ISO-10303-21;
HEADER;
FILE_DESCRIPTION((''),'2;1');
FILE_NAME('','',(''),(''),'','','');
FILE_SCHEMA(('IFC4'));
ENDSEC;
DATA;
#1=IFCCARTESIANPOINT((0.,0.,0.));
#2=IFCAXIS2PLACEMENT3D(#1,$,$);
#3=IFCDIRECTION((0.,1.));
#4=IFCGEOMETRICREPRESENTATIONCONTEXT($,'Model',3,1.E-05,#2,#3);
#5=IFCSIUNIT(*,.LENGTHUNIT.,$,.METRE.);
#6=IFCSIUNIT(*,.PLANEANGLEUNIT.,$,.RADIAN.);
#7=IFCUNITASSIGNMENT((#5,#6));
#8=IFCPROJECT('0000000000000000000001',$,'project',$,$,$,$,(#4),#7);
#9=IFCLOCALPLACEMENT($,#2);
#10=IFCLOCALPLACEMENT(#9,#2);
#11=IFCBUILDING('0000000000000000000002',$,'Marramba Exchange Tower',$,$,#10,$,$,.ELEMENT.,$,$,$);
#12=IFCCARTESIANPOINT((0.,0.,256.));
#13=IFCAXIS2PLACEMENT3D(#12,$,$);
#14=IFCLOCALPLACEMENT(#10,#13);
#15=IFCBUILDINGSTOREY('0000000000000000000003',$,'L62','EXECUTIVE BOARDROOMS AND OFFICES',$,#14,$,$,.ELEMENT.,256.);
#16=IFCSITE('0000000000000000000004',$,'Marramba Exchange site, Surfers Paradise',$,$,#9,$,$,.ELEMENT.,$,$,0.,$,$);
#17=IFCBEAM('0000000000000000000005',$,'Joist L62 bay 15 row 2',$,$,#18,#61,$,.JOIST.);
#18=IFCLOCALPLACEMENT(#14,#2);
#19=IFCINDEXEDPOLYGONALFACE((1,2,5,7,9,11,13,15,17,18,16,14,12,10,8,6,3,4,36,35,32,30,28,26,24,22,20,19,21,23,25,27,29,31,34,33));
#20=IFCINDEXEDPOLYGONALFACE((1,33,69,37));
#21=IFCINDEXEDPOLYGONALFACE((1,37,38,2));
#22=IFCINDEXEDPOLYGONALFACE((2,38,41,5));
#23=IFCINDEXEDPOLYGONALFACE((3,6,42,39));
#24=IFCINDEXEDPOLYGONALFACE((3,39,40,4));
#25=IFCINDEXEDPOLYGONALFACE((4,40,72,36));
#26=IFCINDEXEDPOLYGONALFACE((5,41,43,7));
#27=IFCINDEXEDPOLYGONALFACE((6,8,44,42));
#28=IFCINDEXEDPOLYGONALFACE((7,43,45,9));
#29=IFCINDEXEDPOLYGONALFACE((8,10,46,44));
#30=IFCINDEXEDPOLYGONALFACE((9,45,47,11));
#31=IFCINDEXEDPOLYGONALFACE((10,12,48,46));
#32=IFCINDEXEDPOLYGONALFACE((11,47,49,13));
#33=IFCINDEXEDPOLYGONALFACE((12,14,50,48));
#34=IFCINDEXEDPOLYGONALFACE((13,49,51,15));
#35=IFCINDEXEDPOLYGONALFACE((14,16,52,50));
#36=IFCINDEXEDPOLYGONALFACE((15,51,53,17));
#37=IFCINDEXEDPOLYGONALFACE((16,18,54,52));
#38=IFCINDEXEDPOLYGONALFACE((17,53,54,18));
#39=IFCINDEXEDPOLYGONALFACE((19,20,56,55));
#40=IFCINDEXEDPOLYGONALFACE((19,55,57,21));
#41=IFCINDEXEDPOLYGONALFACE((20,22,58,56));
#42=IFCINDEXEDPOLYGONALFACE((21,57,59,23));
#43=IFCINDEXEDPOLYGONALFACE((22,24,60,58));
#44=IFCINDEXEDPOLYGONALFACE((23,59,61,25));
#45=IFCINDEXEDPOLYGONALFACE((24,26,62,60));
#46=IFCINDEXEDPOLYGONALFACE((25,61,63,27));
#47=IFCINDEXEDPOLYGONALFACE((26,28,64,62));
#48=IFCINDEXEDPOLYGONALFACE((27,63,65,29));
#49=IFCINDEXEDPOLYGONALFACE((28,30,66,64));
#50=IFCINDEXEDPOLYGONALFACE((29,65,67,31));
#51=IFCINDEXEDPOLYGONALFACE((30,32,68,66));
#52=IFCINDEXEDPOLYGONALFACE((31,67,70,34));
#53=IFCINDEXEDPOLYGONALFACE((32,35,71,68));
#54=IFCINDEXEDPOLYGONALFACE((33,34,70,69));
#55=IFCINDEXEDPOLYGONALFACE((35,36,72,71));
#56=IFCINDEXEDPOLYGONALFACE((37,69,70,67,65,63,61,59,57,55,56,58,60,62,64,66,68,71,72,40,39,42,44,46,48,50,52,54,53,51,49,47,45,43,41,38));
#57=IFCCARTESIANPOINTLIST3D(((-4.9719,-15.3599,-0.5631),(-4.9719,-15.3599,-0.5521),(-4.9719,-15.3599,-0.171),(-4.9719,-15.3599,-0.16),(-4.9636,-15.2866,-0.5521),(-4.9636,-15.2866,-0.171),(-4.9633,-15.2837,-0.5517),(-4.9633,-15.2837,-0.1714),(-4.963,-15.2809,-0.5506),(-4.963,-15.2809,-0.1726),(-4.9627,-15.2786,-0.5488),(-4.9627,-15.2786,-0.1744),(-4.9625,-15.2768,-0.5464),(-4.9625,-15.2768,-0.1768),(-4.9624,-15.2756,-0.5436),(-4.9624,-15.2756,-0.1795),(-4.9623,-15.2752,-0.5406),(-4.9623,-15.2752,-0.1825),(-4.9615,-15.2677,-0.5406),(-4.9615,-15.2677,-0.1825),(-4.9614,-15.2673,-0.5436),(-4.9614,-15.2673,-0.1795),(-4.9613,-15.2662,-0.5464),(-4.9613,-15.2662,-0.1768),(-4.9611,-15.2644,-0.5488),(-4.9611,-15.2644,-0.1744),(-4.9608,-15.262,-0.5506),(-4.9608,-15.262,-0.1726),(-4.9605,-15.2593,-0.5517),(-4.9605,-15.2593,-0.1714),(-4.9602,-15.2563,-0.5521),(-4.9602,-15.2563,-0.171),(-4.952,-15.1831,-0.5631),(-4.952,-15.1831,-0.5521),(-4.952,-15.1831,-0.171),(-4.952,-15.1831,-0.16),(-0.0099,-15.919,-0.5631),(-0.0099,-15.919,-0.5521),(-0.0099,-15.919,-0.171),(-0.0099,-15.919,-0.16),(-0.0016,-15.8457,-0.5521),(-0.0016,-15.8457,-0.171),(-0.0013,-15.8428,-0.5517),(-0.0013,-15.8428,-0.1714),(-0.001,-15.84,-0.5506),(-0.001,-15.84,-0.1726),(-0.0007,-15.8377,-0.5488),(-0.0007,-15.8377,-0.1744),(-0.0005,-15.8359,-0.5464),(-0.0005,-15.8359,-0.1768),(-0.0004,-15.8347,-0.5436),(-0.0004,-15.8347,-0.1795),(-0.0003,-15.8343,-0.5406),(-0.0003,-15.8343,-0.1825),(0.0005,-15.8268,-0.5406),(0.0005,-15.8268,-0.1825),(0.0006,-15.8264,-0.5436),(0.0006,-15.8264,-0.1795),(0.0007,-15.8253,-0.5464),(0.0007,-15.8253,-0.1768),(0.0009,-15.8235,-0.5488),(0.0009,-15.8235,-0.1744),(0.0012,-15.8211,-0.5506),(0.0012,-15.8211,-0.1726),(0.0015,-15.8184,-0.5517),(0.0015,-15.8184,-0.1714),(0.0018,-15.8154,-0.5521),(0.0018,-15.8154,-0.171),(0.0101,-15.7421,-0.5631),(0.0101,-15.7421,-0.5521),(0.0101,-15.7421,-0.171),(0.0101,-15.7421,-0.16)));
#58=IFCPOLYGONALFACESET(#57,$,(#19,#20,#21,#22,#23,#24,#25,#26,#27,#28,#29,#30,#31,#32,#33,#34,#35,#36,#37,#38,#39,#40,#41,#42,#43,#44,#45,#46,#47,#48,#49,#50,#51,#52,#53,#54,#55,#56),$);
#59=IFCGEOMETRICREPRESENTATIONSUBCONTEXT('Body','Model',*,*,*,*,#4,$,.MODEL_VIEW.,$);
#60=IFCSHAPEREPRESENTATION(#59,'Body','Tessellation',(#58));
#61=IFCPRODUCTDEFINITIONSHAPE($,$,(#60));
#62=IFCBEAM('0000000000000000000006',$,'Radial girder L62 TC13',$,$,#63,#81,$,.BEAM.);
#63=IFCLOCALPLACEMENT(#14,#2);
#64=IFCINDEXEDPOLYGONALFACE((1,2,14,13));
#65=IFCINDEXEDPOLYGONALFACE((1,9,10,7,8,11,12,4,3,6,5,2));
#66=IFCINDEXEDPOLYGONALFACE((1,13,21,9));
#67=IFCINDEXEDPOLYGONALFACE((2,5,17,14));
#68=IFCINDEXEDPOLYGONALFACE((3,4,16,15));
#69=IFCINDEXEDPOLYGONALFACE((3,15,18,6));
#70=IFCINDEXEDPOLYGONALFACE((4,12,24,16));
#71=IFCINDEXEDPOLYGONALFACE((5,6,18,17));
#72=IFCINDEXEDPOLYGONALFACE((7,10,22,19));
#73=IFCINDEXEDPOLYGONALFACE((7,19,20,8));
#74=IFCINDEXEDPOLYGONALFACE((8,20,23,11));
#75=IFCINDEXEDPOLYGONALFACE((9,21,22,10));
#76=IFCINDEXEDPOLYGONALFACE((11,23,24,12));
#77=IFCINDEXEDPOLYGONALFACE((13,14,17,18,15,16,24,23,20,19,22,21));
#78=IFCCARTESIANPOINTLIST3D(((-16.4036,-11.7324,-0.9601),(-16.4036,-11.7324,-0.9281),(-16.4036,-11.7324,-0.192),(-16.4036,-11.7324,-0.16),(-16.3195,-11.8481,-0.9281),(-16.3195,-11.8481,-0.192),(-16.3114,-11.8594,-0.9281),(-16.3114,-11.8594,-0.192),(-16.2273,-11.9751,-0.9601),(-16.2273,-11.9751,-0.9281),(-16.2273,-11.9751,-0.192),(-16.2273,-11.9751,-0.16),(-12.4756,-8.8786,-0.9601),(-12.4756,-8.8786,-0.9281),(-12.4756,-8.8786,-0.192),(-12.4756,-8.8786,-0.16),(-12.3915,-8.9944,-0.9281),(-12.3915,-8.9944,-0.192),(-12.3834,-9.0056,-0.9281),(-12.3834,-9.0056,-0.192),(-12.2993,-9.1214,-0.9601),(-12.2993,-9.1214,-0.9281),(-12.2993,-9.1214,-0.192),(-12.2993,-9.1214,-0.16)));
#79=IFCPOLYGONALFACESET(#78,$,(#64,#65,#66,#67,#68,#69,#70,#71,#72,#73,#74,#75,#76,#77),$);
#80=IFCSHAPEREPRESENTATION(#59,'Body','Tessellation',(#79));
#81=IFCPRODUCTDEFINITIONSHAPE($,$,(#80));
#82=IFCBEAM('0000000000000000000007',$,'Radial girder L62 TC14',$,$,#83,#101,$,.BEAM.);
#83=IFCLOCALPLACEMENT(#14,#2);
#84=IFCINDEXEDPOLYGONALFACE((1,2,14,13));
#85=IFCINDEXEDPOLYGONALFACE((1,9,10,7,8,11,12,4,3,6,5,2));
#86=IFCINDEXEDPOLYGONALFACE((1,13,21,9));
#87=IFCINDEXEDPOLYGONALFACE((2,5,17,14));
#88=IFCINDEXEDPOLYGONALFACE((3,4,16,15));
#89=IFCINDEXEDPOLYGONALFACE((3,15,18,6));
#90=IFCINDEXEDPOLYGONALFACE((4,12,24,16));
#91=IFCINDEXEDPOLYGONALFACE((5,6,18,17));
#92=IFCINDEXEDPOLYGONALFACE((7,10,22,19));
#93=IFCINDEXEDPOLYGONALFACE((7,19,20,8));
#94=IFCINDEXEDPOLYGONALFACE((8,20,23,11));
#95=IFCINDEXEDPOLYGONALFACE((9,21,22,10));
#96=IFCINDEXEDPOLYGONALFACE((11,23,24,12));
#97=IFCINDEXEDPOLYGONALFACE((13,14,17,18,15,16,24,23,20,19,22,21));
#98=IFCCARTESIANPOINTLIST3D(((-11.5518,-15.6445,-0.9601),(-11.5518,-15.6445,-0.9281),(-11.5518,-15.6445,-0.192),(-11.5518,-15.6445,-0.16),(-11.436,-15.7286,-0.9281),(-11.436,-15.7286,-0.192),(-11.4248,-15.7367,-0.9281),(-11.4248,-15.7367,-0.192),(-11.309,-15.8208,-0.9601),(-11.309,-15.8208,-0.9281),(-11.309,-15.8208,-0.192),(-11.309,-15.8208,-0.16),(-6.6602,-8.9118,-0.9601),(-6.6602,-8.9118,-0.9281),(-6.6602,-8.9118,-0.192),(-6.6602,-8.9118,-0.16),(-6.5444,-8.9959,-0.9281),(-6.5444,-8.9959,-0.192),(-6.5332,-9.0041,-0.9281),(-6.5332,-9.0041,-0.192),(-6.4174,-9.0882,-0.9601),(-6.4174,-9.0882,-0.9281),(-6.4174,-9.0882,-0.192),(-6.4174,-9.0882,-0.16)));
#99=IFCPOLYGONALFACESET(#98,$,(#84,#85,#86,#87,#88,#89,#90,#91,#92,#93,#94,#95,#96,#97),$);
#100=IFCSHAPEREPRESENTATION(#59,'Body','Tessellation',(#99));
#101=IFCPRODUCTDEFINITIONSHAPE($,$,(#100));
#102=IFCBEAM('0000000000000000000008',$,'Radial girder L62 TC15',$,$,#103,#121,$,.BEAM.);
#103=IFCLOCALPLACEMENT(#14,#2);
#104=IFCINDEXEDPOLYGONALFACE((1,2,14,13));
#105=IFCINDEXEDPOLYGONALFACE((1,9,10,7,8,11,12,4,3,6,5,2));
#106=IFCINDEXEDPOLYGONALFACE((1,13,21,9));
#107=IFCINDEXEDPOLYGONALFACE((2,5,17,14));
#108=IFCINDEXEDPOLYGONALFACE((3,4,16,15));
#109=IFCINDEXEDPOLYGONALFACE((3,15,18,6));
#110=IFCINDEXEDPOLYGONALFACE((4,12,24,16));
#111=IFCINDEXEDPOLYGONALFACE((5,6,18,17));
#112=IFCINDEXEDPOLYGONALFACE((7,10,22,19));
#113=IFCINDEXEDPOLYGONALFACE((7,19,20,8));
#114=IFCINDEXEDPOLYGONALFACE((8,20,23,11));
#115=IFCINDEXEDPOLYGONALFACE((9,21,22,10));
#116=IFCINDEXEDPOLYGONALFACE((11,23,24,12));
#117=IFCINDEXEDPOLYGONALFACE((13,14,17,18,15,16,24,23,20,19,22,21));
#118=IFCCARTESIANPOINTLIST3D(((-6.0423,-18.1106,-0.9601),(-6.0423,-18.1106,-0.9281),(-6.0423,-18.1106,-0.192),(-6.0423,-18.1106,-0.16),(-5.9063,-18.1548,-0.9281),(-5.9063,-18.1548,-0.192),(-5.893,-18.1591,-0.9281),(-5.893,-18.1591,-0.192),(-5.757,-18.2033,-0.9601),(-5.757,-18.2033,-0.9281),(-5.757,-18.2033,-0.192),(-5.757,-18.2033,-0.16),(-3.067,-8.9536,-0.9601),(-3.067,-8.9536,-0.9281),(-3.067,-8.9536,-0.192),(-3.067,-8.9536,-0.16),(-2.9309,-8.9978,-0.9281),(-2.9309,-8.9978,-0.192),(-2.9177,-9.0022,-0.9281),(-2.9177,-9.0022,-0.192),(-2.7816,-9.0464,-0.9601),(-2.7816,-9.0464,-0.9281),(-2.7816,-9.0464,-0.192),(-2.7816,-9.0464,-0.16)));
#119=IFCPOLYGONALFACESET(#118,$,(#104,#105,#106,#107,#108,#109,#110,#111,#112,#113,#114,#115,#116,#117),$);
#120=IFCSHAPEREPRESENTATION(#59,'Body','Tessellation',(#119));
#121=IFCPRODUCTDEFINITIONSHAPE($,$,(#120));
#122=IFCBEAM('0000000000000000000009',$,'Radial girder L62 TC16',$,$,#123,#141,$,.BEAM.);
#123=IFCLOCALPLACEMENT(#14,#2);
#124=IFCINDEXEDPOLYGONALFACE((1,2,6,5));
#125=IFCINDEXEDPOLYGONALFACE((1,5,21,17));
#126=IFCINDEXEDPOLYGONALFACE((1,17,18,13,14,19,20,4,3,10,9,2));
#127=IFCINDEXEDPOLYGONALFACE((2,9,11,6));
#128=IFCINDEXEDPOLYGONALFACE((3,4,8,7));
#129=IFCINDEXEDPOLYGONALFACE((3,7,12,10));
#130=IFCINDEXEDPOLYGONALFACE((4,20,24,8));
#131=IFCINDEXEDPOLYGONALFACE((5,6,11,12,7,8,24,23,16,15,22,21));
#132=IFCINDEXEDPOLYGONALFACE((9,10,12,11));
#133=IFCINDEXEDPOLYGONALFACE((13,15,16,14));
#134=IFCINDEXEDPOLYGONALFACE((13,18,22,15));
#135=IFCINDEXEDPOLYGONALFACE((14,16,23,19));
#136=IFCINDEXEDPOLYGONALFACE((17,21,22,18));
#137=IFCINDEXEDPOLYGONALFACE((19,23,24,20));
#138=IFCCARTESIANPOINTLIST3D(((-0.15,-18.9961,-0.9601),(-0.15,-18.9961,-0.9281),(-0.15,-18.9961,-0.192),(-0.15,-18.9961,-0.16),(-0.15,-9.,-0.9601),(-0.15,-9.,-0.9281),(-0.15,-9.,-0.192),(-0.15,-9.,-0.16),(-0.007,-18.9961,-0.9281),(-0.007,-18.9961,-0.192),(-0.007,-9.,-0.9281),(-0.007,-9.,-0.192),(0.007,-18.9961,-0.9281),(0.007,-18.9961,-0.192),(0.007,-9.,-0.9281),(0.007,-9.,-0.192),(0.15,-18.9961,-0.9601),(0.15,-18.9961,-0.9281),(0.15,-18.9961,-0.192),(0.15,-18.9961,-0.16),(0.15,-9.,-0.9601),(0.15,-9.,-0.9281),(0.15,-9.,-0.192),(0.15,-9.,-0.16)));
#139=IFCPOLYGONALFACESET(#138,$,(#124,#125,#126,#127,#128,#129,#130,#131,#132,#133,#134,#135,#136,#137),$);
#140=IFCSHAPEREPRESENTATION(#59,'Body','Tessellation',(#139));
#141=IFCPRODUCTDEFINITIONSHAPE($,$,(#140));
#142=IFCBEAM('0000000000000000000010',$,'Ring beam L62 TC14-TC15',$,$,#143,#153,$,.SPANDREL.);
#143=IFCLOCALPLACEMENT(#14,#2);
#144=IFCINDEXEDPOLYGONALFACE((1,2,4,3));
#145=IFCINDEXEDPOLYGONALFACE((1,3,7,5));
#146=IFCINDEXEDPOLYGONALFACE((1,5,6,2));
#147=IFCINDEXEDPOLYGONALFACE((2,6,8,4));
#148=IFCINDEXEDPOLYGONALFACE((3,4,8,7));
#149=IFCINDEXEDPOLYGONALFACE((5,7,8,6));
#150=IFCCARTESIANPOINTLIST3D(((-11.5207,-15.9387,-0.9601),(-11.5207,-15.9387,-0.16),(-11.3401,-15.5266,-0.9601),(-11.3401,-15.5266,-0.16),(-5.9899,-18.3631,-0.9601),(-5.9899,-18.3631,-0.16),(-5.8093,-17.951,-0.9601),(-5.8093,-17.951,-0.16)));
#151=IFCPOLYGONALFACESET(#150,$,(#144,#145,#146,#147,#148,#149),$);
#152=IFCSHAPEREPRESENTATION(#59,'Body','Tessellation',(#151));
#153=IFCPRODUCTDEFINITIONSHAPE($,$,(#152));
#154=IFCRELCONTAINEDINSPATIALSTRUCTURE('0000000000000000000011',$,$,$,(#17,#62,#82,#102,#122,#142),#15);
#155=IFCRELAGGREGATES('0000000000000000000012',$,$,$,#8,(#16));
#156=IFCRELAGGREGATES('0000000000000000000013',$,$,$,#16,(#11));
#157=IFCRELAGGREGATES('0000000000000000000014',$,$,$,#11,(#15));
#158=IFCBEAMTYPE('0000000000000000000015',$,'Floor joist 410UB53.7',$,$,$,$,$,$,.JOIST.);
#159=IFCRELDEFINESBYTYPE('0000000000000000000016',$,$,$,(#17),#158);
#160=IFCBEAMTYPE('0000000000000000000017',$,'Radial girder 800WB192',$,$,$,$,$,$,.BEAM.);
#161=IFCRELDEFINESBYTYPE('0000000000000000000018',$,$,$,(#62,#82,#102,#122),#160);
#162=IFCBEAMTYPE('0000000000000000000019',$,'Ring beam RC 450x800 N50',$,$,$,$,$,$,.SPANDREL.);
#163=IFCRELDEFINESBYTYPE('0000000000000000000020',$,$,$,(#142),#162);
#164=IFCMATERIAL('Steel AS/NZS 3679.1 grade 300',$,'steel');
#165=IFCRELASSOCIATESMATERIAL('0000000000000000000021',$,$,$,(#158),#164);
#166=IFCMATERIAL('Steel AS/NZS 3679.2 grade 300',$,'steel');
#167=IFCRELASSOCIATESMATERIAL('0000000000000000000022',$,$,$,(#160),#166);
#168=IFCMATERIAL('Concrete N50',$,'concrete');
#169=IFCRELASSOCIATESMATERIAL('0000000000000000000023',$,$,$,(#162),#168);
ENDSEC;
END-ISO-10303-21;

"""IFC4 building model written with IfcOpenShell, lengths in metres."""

from ifc_helpers import new_model, si_unit, direction, frame, origin, origin_2d, place, context, subcontext, project, spatial, rectangle, i_section, extrude, material, material_profile, profile_set, type_object, element, save


model = new_model("IFC4")

# Units and contexts
model_context = context("Model", 3, precision=1e-05, world=origin(), true_north=direction((0.0, 1.0)))
body_context = subcontext(model_context, "Body", "Model", "MODEL_VIEW")
ifc_project = project(units=[si_unit("LENGTHUNIT", "METRE"), si_unit("PLANEANGLEUNIT", "RADIAN")], contexts=[model_context])

# Site, building, storey
site_placement = place(None, origin())
site = spatial("IfcSite", under=ifc_project, at=site_placement, Name="Marramba Exchange site, Surfers Paradise", CompositionType="ELEMENT", RefElevation=0.0)
building_placement = place(site_placement, origin())
building = spatial("IfcBuilding", under=site, at=building_placement, Name="Marramba Exchange Tower", CompositionType="ELEMENT")
storey_placement = place(building_placement, frame((0.0, 0.0, 256.0)))
storey = spatial("IfcBuildingStorey", under=building, at=storey_placement, Name="L62", Description="EXECUTIVE BOARDROOMS AND OFFICES", CompositionType="ELEMENT", Elevation=256.0)

# Beams
ifc_material_1 = material(Name="Steel AS/NZS 3679.1 grade 300", Category="steel")
ifc_material_profile_1 = material_profile(ifc_material_1, i_section(OverallWidth=0.178, OverallDepth=0.4031, WebThickness=0.0076, FlangeThickness=0.011, FilletRadius=0.0115, at=origin_2d()), Name="410UB53.7")
ifc_profile_set_1 = profile_set([ifc_material_profile_1], Name="Steel AS/NZS 3679.1 grade 300")
beam_type_1 = type_object("IfcBeamType", Name="Floor joist 410UB53.7", PredefinedType="JOIST", material=ifc_profile_set_1)
beam_1_placement = place(storey_placement, frame((-4.9619, -15.2715, -0.3616), z_axis=(0.993712, -0.111966, 0.0), x_axis=(0.111966, 0.993712, 0.0)))
element("IfcBeam", 1, at=beam_1_placement, inside=storey, type_object=beam_type_1, Name="Joist L62 bay 15 row 2", PredefinedType="JOIST", context=body_context, shape_type="SweptSolid", body=[
    extrude(i_section(OverallWidth=0.178, OverallDepth=0.4031, WebThickness=0.0076, FlangeThickness=0.011, FilletRadius=0.0115, at=origin_2d()), origin(), (0.0, 0.0, 1.0), 4.9934),
])
ifc_material_2 = material(Name="Steel AS/NZS 3679.2 grade 300", Category="steel")
ifc_material_profile_2 = material_profile(ifc_material_2, i_section(OverallWidth=0.3, OverallDepth=0.8, WebThickness=0.0139, FlangeThickness=0.032, at=origin_2d()), Name="800WB192")
ifc_profile_set_2 = profile_set([ifc_material_profile_2], Name="Steel AS/NZS 3679.2 grade 300")
beam_type_2 = type_object("IfcBeamType", Name="Radial girder 800WB192", PredefinedType="BEAM", material=ifc_profile_set_2)
beam_2_placement = place(storey_placement, frame((-12.3875, -9.0, -0.5601), z_axis=(-0.809025, -0.587774, 0.0), x_axis=(0.587774, -0.809025, 0.0)))
element("IfcBeam", 2, at=beam_2_placement, inside=storey, type_object=beam_type_2, Name="Radial girder L62 TC13", PredefinedType="BEAM", context=body_context, shape_type="SweptSolid", body=[
    extrude(i_section(OverallWidth=0.3, OverallDepth=0.8, WebThickness=0.0139, FlangeThickness=0.032, at=origin_2d()), origin(), (0.0, 0.0, 1.0), 4.8552),
])
beam_3_placement = place(storey_placement, frame((-6.5388, -9.0, -0.5601), z_axis=(-0.587788, -0.809015, 0.0), x_axis=(0.809015, -0.587788, 0.0)))
element("IfcBeam", 3, at=beam_3_placement, inside=storey, type_object=beam_type_2, Name="Radial girder L62 TC14", PredefinedType="BEAM", context=body_context, shape_type="SweptSolid", body=[
    extrude(i_section(OverallWidth=0.3, OverallDepth=0.8, WebThickness=0.0139, FlangeThickness=0.032, at=origin_2d()), origin(), (0.0, 0.0, 1.0), 8.322),
])
beam_4_placement = place(storey_placement, frame((-2.9243, -9.0, -0.5601), z_axis=(-0.309022, -0.951055, 0.0), x_axis=(0.951055, -0.309022, 0.0)))
element("IfcBeam", 4, at=beam_4_placement, inside=storey, type_object=beam_type_2, Name="Radial girder L62 TC15", PredefinedType="BEAM", context=body_context, shape_type="SweptSolid", body=[
    extrude(i_section(OverallWidth=0.3, OverallDepth=0.8, WebThickness=0.0139, FlangeThickness=0.032, at=origin_2d()), origin(), (0.0, 0.0, 1.0), 9.6282),
])
beam_5_placement = place(storey_placement, frame((0.0, -9.0, -0.5601), z_axis=(0.0, -1.0, 0.0), x_axis=(1.0, 0.0, 0.0)))
element("IfcBeam", 5, at=beam_5_placement, inside=storey, type_object=beam_type_2, Name="Radial girder L62 TC16", PredefinedType="BEAM", context=body_context, shape_type="SweptSolid", body=[
    extrude(i_section(OverallWidth=0.3, OverallDepth=0.8, WebThickness=0.0139, FlangeThickness=0.032, at=origin_2d()), origin(), (0.0, 0.0, 1.0), 9.9961),
])
ifc_material_3 = material(Name="Concrete N50", Category="concrete")
ifc_material_profile_3 = material_profile(ifc_material_3, rectangle(XDim=0.45, YDim=0.8, at=origin_2d()), Name="RC 450x800")
ifc_profile_set_3 = profile_set([ifc_material_profile_3], Name="Concrete N50")
beam_type_3 = type_object("IfcBeamType", Name="Ring beam RC 450x800 N50", PredefinedType="SPANDREL", material=ifc_profile_set_3)
beam_6_placement = place(storey_placement, frame((-11.4304, -15.7327, -0.5601), z_axis=(0.915877, -0.401459, 0.0), x_axis=(0.401459, 0.915877, 0.0)))
element("IfcBeam", 6, at=beam_6_placement, inside=storey, type_object=beam_type_3, Name="Ring beam L62 TC14-TC15", PredefinedType="SPANDREL", context=body_context, shape_type="SweptSolid", body=[
    extrude(rectangle(XDim=0.45, YDim=0.8, at=origin_2d()), origin(), (0.0, 0.0, 1.0), 6.0388),
])

save(model, "model.ifc")
